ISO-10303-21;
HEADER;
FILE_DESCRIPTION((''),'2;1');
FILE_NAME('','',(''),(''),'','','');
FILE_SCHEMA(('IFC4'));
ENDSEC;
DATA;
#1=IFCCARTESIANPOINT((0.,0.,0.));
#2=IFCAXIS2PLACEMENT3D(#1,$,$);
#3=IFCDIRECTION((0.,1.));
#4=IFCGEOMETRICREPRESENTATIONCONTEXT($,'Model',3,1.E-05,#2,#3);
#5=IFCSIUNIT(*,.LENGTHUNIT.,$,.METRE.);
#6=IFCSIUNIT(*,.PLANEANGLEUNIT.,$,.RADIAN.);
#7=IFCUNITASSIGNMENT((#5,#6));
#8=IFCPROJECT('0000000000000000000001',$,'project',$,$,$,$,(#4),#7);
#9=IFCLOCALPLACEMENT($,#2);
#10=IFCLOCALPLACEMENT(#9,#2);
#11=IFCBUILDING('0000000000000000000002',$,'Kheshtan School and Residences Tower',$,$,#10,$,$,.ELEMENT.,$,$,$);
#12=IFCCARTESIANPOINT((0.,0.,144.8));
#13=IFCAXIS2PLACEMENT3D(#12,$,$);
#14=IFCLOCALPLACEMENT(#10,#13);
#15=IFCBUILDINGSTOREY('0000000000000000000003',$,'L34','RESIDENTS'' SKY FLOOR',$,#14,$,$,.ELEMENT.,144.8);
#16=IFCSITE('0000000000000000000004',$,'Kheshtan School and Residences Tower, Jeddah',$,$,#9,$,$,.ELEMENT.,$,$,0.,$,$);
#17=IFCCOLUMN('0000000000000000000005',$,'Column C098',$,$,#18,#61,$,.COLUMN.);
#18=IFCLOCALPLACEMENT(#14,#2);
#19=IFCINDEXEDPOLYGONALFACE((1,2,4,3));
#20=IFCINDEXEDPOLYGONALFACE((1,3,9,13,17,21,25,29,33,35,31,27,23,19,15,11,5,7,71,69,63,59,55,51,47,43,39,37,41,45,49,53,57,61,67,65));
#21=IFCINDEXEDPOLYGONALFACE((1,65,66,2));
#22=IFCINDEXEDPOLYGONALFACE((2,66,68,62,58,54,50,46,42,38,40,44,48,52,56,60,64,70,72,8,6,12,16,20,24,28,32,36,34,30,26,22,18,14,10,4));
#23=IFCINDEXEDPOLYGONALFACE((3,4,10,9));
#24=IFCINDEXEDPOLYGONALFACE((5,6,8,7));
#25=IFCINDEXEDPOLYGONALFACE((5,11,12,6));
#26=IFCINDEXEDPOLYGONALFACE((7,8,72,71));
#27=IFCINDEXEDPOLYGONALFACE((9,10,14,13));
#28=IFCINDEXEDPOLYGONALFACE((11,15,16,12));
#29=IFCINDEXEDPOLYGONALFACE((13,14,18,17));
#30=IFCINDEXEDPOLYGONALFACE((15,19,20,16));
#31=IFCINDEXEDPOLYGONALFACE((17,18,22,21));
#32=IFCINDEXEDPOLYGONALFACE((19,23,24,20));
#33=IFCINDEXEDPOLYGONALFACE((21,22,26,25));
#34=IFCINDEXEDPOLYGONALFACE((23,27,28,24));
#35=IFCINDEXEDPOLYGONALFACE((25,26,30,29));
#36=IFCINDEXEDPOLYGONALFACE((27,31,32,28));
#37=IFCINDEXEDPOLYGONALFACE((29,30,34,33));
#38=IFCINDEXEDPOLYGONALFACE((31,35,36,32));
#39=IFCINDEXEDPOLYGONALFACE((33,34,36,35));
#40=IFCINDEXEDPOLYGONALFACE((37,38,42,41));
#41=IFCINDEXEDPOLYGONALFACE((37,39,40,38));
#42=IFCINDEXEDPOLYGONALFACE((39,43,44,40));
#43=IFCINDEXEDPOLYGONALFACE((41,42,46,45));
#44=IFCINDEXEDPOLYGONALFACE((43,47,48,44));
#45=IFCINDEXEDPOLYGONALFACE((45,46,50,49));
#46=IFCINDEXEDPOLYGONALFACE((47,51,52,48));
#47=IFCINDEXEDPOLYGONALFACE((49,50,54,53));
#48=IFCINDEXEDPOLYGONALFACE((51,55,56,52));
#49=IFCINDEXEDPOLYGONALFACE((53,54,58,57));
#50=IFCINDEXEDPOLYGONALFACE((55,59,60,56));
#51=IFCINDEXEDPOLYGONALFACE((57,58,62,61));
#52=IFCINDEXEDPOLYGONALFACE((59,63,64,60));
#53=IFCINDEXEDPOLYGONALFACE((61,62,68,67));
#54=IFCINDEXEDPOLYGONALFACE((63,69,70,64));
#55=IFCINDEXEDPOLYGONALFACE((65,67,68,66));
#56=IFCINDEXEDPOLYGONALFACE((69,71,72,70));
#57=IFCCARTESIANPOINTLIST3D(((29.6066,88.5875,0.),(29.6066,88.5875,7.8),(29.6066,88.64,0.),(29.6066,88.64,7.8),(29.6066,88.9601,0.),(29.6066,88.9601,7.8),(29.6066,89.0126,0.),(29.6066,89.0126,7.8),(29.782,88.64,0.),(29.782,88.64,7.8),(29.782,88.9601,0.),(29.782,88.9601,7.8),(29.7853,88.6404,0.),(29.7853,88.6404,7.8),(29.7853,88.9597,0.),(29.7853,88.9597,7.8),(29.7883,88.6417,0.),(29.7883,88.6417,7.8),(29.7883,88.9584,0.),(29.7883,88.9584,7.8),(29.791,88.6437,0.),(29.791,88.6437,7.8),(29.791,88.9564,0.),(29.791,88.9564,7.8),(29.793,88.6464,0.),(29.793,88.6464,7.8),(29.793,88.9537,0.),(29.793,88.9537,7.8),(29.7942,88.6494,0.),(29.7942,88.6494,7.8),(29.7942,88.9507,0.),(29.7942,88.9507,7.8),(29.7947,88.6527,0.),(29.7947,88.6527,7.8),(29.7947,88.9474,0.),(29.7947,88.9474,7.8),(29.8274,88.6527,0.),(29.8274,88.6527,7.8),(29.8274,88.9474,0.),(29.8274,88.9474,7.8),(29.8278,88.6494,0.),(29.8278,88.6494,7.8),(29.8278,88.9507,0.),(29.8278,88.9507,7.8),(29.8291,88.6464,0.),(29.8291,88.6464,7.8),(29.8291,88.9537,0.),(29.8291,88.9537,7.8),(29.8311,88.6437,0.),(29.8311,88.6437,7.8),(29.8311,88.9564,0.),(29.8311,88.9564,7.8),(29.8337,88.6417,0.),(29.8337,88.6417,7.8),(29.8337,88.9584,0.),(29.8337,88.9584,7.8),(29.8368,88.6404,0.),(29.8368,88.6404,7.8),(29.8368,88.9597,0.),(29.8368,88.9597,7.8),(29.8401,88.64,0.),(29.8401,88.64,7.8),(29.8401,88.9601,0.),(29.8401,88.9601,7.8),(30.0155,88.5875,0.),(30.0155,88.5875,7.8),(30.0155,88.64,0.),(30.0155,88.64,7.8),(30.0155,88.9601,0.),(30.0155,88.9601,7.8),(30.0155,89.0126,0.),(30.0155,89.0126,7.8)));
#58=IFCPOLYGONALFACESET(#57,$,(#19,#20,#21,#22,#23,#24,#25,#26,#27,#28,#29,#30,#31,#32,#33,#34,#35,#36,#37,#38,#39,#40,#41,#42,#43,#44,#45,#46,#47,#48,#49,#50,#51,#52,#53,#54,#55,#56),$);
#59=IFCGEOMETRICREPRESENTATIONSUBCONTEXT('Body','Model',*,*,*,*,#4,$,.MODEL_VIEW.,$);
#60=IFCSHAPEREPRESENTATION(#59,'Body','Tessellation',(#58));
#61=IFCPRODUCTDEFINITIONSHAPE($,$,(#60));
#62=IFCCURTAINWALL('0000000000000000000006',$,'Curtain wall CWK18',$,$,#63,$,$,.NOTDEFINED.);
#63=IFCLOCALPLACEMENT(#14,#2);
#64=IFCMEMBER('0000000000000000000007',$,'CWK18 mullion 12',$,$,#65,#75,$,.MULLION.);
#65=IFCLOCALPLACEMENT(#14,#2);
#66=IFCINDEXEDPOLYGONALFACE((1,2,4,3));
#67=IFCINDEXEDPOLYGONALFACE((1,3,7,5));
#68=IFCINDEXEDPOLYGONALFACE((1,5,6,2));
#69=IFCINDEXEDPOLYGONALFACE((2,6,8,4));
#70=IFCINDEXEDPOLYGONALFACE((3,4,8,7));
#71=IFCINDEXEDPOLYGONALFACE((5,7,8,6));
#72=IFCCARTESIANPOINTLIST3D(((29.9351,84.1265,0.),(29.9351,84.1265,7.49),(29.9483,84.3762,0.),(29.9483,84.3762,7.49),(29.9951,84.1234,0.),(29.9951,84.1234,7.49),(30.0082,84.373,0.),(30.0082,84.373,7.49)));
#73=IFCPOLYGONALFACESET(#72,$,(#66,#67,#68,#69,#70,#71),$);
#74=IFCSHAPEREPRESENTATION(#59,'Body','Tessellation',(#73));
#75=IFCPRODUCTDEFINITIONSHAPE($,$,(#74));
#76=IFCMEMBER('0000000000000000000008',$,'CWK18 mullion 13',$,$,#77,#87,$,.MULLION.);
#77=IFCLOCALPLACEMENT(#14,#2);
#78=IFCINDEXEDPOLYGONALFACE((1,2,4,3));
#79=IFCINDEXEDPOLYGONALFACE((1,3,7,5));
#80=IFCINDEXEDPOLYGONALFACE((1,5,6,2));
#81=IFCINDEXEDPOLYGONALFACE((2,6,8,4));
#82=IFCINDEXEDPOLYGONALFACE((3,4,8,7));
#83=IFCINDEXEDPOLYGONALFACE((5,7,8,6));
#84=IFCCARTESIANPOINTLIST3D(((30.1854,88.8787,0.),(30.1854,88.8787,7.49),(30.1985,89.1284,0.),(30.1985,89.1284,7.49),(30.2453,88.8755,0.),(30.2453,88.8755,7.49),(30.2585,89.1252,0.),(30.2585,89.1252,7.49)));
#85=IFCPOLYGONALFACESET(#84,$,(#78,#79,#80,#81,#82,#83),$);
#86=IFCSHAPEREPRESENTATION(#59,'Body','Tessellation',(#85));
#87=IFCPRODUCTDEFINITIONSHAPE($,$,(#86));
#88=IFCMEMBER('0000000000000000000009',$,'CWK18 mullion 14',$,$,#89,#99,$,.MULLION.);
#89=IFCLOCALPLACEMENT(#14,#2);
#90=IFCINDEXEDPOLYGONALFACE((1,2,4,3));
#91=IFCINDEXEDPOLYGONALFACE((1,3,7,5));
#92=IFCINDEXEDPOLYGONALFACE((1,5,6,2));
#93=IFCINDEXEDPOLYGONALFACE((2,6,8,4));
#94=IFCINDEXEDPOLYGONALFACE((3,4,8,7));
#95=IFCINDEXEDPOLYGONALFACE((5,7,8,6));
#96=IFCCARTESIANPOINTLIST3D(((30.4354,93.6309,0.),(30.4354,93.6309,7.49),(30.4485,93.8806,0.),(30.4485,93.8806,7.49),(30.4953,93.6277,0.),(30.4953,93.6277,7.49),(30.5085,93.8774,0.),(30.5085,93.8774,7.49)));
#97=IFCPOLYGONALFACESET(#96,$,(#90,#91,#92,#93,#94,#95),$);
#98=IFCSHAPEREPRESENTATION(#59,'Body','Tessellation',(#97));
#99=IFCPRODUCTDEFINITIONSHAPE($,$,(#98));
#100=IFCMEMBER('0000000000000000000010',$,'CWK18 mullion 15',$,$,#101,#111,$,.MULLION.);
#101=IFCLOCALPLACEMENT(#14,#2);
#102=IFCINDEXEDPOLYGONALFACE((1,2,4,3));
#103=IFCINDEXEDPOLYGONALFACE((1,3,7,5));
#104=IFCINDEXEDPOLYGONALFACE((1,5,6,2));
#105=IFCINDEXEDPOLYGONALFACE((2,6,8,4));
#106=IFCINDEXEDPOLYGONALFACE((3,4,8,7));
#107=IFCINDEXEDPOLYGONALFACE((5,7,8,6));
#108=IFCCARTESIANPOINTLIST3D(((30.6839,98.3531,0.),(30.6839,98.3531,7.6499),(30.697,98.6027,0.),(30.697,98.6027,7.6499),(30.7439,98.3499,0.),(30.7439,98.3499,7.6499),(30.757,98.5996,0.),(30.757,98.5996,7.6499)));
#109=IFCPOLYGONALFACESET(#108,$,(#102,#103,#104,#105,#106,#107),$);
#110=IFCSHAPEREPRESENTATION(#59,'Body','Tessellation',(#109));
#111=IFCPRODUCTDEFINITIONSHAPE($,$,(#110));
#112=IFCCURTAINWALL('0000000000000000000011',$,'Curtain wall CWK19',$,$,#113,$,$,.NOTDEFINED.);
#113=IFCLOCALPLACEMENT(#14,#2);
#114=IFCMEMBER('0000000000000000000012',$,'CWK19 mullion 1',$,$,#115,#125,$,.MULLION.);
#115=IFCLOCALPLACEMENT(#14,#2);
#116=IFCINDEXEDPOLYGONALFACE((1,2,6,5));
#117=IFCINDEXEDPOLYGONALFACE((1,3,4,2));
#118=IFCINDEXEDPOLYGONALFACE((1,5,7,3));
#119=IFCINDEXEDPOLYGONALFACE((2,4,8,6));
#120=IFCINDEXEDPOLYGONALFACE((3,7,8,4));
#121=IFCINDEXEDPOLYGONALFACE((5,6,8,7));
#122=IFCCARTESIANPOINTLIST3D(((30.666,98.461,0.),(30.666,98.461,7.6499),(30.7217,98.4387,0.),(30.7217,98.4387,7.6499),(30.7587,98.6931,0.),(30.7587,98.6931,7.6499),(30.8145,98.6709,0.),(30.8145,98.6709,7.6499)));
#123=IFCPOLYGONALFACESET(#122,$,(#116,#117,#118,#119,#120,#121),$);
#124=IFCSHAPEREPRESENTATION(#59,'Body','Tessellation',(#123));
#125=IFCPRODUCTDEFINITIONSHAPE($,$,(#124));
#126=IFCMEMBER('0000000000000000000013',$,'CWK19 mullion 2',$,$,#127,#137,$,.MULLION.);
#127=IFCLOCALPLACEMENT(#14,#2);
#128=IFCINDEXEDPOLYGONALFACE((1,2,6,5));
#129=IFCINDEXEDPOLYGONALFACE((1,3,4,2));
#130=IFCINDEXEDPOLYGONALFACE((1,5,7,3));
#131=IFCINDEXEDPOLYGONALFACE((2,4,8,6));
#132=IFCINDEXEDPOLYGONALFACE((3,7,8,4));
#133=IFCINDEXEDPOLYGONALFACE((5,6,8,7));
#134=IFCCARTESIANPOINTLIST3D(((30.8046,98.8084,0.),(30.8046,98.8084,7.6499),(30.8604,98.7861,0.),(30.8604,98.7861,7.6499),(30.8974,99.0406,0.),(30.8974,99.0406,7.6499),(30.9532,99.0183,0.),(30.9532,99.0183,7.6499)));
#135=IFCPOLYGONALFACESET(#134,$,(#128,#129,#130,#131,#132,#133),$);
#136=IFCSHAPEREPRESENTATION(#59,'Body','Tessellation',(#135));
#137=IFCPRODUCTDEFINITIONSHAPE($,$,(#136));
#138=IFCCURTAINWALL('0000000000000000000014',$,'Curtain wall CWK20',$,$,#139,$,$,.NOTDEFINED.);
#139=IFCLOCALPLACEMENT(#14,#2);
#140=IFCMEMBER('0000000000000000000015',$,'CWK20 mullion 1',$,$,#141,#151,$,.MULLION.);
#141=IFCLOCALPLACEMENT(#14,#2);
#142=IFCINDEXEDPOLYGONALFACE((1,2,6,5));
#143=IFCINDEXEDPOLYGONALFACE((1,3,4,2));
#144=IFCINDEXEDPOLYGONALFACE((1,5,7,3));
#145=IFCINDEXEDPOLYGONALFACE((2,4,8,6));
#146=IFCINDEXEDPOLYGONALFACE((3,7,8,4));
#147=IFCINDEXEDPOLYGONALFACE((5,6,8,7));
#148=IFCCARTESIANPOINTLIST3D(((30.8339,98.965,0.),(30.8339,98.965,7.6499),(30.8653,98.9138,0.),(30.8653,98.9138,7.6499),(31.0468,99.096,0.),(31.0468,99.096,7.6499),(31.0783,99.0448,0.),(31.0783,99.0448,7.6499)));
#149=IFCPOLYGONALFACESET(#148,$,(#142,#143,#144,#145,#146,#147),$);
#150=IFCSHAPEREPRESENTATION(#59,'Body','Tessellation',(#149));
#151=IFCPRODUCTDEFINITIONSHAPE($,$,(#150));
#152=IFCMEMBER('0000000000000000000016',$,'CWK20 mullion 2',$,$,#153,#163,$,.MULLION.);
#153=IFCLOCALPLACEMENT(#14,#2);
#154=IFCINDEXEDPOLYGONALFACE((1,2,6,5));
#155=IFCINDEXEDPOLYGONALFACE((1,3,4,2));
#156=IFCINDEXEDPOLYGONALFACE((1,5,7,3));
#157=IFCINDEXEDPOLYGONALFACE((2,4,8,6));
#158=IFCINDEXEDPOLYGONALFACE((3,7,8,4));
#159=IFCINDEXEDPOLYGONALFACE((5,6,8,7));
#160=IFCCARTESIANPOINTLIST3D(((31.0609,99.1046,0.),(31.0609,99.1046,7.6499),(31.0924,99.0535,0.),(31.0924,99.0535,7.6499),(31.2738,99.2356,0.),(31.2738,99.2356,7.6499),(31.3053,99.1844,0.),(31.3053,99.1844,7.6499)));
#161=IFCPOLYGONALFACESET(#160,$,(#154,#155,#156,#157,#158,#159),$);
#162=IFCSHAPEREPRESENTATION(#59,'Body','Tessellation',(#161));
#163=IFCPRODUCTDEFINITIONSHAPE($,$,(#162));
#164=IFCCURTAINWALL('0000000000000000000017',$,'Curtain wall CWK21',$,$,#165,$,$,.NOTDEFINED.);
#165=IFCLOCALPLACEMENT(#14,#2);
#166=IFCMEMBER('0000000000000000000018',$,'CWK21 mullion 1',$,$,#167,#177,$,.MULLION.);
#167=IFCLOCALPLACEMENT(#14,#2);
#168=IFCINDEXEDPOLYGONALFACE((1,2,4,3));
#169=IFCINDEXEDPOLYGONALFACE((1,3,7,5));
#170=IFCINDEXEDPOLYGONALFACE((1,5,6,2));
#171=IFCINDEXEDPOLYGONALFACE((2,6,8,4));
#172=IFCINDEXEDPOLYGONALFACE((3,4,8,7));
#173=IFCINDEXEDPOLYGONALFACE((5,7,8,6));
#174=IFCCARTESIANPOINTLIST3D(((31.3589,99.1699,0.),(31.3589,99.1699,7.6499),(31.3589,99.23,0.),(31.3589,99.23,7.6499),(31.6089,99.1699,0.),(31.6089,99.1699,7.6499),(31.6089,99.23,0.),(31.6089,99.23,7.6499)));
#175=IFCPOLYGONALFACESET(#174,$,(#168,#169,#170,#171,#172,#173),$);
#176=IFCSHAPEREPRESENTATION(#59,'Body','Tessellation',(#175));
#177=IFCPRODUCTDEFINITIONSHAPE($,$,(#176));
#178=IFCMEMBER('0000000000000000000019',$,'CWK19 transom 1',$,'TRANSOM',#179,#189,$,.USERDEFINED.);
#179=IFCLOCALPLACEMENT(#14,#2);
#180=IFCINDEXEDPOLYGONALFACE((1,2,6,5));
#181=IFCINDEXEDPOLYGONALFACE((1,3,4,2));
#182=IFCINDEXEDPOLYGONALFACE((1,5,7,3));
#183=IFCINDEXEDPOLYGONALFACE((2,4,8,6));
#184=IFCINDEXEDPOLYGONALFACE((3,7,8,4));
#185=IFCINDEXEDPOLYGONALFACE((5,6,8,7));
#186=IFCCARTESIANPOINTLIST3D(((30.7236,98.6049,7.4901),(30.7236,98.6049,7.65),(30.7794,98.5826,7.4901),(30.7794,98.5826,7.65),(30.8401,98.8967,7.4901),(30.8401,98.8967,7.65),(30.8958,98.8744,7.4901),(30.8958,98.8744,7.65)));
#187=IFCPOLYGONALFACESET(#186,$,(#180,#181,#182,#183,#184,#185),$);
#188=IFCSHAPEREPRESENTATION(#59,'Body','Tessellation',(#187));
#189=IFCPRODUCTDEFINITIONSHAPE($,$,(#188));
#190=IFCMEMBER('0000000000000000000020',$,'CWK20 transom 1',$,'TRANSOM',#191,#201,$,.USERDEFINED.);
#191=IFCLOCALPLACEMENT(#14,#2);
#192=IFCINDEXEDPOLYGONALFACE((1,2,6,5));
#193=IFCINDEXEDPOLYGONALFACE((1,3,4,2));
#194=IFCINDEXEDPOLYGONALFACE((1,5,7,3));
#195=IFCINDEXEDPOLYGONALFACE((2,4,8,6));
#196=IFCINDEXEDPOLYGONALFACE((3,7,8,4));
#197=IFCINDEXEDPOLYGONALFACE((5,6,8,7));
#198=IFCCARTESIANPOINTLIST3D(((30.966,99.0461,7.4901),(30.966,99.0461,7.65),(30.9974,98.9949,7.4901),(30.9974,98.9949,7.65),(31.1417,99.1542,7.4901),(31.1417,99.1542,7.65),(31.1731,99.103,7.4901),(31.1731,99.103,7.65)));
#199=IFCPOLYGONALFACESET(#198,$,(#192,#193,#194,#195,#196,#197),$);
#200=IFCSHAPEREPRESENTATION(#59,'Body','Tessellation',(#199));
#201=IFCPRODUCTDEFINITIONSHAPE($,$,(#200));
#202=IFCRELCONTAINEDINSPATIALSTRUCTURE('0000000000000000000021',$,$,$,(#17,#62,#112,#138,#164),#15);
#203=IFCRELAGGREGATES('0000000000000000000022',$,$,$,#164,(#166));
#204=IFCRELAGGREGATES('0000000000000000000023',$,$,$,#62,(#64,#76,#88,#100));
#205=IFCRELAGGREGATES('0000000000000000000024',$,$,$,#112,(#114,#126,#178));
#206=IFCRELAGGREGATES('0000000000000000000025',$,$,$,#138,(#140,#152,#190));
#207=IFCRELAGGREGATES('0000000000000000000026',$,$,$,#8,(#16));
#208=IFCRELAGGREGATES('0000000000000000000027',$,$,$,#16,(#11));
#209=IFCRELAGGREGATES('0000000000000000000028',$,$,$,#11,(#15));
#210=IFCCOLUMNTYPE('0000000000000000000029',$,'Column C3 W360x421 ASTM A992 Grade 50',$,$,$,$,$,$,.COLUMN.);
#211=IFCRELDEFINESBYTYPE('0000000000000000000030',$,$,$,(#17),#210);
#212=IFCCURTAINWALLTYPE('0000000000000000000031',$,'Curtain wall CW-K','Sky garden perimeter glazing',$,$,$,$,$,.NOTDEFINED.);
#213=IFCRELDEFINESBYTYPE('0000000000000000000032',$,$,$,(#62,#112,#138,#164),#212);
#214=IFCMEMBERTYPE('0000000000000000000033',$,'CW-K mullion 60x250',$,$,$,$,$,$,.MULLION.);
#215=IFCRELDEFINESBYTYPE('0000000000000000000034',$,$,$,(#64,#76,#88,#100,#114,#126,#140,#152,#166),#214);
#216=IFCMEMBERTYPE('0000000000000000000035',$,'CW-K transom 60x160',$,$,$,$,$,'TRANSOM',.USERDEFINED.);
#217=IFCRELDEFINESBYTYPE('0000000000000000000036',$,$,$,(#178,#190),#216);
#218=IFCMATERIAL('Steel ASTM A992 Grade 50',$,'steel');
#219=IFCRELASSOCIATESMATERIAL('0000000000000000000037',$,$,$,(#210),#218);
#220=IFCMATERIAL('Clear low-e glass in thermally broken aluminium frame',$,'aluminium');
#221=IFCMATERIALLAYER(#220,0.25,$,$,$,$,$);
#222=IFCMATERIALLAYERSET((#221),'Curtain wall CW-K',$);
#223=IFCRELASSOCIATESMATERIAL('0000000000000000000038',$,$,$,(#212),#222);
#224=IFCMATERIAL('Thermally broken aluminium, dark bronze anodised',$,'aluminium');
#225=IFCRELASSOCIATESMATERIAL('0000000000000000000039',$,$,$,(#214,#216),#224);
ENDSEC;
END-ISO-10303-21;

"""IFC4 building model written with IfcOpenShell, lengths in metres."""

from ifc_helpers import new_model, si_unit, direction, frame, origin, origin_2d, place, context, subcontext, project, spatial, rectangle, i_section, extrude, material, layer, layer_set, material_profile, profile_set, type_object, element, aggregate, save


model = new_model("IFC4")

# Units and contexts
model_context = context("Model", 3, precision=1e-05, world=origin(), true_north=direction((0.0, 1.0)))
body_context = subcontext(model_context, "Body", "Model", "MODEL_VIEW")
ifc_project = project(units=[si_unit("LENGTHUNIT", "METRE"), si_unit("PLANEANGLEUNIT", "RADIAN")], contexts=[model_context])

# Site, building, storey
site_placement = place(None, origin())
site = spatial("IfcSite", under=ifc_project, at=site_placement, Name="Kheshtan School and Residences Tower, Jeddah", CompositionType="ELEMENT", RefElevation=0.0)
building_placement = place(site_placement, origin())
building = spatial("IfcBuilding", under=site, at=building_placement, Name="Kheshtan School and Residences Tower", CompositionType="ELEMENT")
storey_placement = place(building_placement, frame((0.0, 0.0, 144.8)))
storey = spatial("IfcBuildingStorey", under=building, at=storey_placement, Name="L34", Description="RESIDENTS' SKY FLOOR", CompositionType="ELEMENT", Elevation=144.8)

# Column
ifc_material_1 = material(Name="Steel ASTM A992 Grade 50", Category="steel")
ifc_material_profile_1 = material_profile(ifc_material_1, i_section(OverallWidth=0.4089, OverallDepth=0.425, WebThickness=0.0327, FlangeThickness=0.0525, FilletRadius=0.0127, at=origin_2d()), Name="W360x421")
ifc_profile_set_1 = profile_set([ifc_material_profile_1], Name="Steel ASTM A992 Grade 50")
column_type = type_object("IfcColumnType", Name="Column C3 W360x421 ASTM A992 Grade 50", PredefinedType="COLUMN", material=ifc_profile_set_1)
column_placement = place(storey_placement, frame((29.811, 88.8, 0.0), z_axis=(0.0, 0.0, 1.0), x_axis=(1.0, 0.0, 0.0)))
element("IfcColumn", 1, at=column_placement, inside=storey, type_object=column_type, Name="Column C098", PredefinedType="COLUMN", context=body_context, shape_type="SweptSolid", body=[
    extrude(i_section(OverallWidth=0.4089, OverallDepth=0.425, WebThickness=0.0327, FlangeThickness=0.0525, FilletRadius=0.0127, at=origin_2d()), origin(), (0.0, 0.0, 1.0), 7.8),
])

# Curtain walls, members
ifc_material_2 = material(Name="Clear low-e glass in thermally broken aluminium frame", Category="aluminium")
ifc_layer_1 = layer(ifc_material_2, 0.25)
ifc_layer_set_1 = layer_set([ifc_layer_1], Name="Curtain wall CW-K")
curtain_wall_type = type_object("IfcCurtainWallType", Name="Curtain wall CW-K", Description="Sky garden perimeter glazing", PredefinedType="NOTDEFINED", material=ifc_layer_set_1)
curtain_wall_1_placement = place(storey_placement, origin())
curtain_wall_1 = element("IfcCurtainWall", 2, at=curtain_wall_1_placement, inside=storey, type_object=curtain_wall_type, Name="Curtain wall CWK18", PredefinedType="NOTDEFINED")
ifc_material_3 = material(Name="Thermally broken aluminium, dark bronze anodised", Category="aluminium")
ifc_material_profile_2 = material_profile(ifc_material_3, rectangle(XDim=0.0601, YDim=0.25, at=origin_2d()), Name="CW-K mullion 60x250")
ifc_profile_set_2 = profile_set([ifc_material_profile_2], Name="Thermally broken aluminium, dark bronze anodised")
member_type_1 = type_object("IfcMemberType", Name="CW-K mullion 60x250", PredefinedType="MULLION", material=ifc_profile_set_2)
member_1_placement = place(storey_placement, frame((29.9717, 84.2498, 0.0), z_axis=(0.0, 0.0, 1.0), x_axis=(-0.998617, 0.052565, 0.0)))
member_1 = element("IfcMember", 3, at=member_1_placement, type_object=member_type_1, Name="CWK18 mullion 12", PredefinedType="MULLION", context=body_context, shape_type="SweptSolid", body=[
    extrude(rectangle(XDim=0.0601, YDim=0.25, at=origin_2d()), origin(), (0.0, 0.0, 1.0), 7.49),
])
member_2_placement = place(storey_placement, frame((30.2219, 89.002, 0.0), z_axis=(0.0, 0.0, 1.0), x_axis=(-0.998617, 0.052565, 0.0)))
member_2 = element("IfcMember", 4, at=member_2_placement, type_object=member_type_1, Name="CWK18 mullion 13", PredefinedType="MULLION", context=body_context, shape_type="SweptSolid", body=[
    extrude(rectangle(XDim=0.0601, YDim=0.25, at=origin_2d()), origin(), (0.0, 0.0, 1.0), 7.49),
])
member_3_placement = place(storey_placement, frame((30.4719, 93.7542, 0.0), z_axis=(0.0, 0.0, 1.0), x_axis=(-0.998617, 0.052565, 0.0)))
member_3 = element("IfcMember", 5, at=member_3_placement, type_object=member_type_1, Name="CWK18 mullion 14", PredefinedType="MULLION", context=body_context, shape_type="SweptSolid", body=[
    extrude(rectangle(XDim=0.0601, YDim=0.25, at=origin_2d()), origin(), (0.0, 0.0, 1.0), 7.49),
])
member_4_placement = place(storey_placement, frame((30.7205, 98.4763, 0.0), z_axis=(0.0, 0.0, 1.0), x_axis=(-0.998617, 0.052565, 0.0)))
member_4 = element("IfcMember", 6, at=member_4_placement, type_object=member_type_1, Name="CWK18 mullion 15", PredefinedType="MULLION", context=body_context, shape_type="SweptSolid", body=[
    extrude(rectangle(XDim=0.0601, YDim=0.25, at=origin_2d()), origin(), (0.0, 0.0, 1.0), 7.6499),
])
curtain_wall_2_placement = place(storey_placement, origin())
curtain_wall_2 = element("IfcCurtainWall", 7, at=curtain_wall_2_placement, inside=storey, type_object=curtain_wall_type, Name="Curtain wall CWK19", PredefinedType="NOTDEFINED")
member_5_placement = place(storey_placement, frame((30.7402, 98.5659, 0.0), z_axis=(0.0, 0.0, 1.0), x_axis=(-0.928636, 0.370993, 0.0)))
member_5 = element("IfcMember", 8, at=member_5_placement, type_object=member_type_1, Name="CWK19 mullion 1", PredefinedType="MULLION", context=body_context, shape_type="SweptSolid", body=[
    extrude(rectangle(XDim=0.0601, YDim=0.25, at=origin_2d()), origin(), (0.0, 0.0, 1.0), 7.6499),
])
member_6_placement = place(storey_placement, frame((30.8789, 98.9133, 0.0), z_axis=(0.0, 0.0, 1.0), x_axis=(-0.928636, 0.370993, 0.0)))
member_6 = element("IfcMember", 9, at=member_6_placement, type_object=member_type_1, Name="CWK19 mullion 2", PredefinedType="MULLION", context=body_context, shape_type="SweptSolid", body=[
    extrude(rectangle(XDim=0.0601, YDim=0.25, at=origin_2d()), origin(), (0.0, 0.0, 1.0), 7.6499),
])
curtain_wall_3_placement = place(storey_placement, origin())
curtain_wall_3 = element("IfcCurtainWall", 10, at=curtain_wall_3_placement, inside=storey, type_object=curtain_wall_type, Name="Curtain wall CWK20", PredefinedType="NOTDEFINED")
member_7_placement = place(storey_placement, frame((30.9561, 99.0049, 0.0), z_axis=(0.0, 0.0, 1.0), x_axis=(-0.523926, 0.851763, 0.0)))
member_7 = element("IfcMember", 11, at=member_7_placement, type_object=member_type_1, Name="CWK20 mullion 1", PredefinedType="MULLION", context=body_context, shape_type="SweptSolid", body=[
    extrude(rectangle(XDim=0.0601, YDim=0.25, at=origin_2d()), origin(), (0.0, 0.0, 1.0), 7.6499),
])
member_8_placement = place(storey_placement, frame((31.1831, 99.1445, 0.0), z_axis=(0.0, 0.0, 1.0), x_axis=(-0.523926, 0.851763, 0.0)))
member_8 = element("IfcMember", 12, at=member_8_placement, type_object=member_type_1, Name="CWK20 mullion 2", PredefinedType="MULLION", context=body_context, shape_type="SweptSolid", body=[
    extrude(rectangle(XDim=0.0601, YDim=0.25, at=origin_2d()), origin(), (0.0, 0.0, 1.0), 7.6499),
])

# Curtain wall, member
curtain_wall_4_placement = place(storey_placement, origin())
curtain_wall_4 = element("IfcCurtainWall", 13, at=curtain_wall_4_placement, inside=storey, type_object=curtain_wall_type, Name="Curtain wall CWK21", PredefinedType="NOTDEFINED")
member_9_placement = place(storey_placement, frame((31.4839, 99.2, 0.0), z_axis=(0.0, 0.0, 1.0), x_axis=(0.0, 1.0, 0.0)))
member_9 = element("IfcMember", 14, at=member_9_placement, type_object=member_type_1, Name="CWK21 mullion 1", PredefinedType="MULLION", context=body_context, shape_type="SweptSolid", body=[
    extrude(rectangle(XDim=0.0601, YDim=0.25, at=origin_2d()), origin(), (0.0, 0.0, 1.0), 7.6499),
])

# Members
ifc_material_profile_3 = material_profile(ifc_material_3, rectangle(XDim=0.0601, YDim=0.1599, at=origin_2d()), Name="CW-K transom 60x160")
ifc_profile_set_3 = profile_set([ifc_material_profile_3], Name="Thermally broken aluminium, dark bronze anodised")
member_type_2 = type_object("IfcMemberType", Name="CW-K transom 60x160", ElementType="TRANSOM", PredefinedType="USERDEFINED", material=ifc_profile_set_3)
member_10_placement = place(storey_placement, frame((30.7515, 98.5938, 7.5701), z_axis=(0.370721, 0.928744, 0.0), x_axis=(-0.928744, 0.370721, 0.0)))
member_10 = element("IfcMember", 15, at=member_10_placement, type_object=member_type_2, Name="CWK19 transom 1", ObjectType="TRANSOM", PredefinedType="USERDEFINED", context=body_context, shape_type="SweptSolid", body=[
    extrude(rectangle(XDim=0.0601, YDim=0.1599, at=origin_2d()), origin(), (0.0, 0.0, 1.0), 0.3142),
])
member_11_placement = place(storey_placement, frame((30.9817, 99.0205, 7.5701), z_axis=(0.851699, 0.524031, 0.0), x_axis=(-0.524031, 0.851699, 0.0)))
member_11 = element("IfcMember", 16, at=member_11_placement, type_object=member_type_2, Name="CWK20 transom 1", ObjectType="TRANSOM", PredefinedType="USERDEFINED", context=body_context, shape_type="SweptSolid", body=[
    extrude(rectangle(XDim=0.0601, YDim=0.1599, at=origin_2d()), origin(), (0.0, 0.0, 1.0), 0.2063),
])
aggregate(curtain_wall_4, [member_9])

aggregate(curtain_wall_1, [member_1, member_2, member_3, member_4])
aggregate(curtain_wall_2, [member_5, member_6, member_10])
aggregate(curtain_wall_3, [member_7, member_8, member_11])

save(model, "model.ifc")
